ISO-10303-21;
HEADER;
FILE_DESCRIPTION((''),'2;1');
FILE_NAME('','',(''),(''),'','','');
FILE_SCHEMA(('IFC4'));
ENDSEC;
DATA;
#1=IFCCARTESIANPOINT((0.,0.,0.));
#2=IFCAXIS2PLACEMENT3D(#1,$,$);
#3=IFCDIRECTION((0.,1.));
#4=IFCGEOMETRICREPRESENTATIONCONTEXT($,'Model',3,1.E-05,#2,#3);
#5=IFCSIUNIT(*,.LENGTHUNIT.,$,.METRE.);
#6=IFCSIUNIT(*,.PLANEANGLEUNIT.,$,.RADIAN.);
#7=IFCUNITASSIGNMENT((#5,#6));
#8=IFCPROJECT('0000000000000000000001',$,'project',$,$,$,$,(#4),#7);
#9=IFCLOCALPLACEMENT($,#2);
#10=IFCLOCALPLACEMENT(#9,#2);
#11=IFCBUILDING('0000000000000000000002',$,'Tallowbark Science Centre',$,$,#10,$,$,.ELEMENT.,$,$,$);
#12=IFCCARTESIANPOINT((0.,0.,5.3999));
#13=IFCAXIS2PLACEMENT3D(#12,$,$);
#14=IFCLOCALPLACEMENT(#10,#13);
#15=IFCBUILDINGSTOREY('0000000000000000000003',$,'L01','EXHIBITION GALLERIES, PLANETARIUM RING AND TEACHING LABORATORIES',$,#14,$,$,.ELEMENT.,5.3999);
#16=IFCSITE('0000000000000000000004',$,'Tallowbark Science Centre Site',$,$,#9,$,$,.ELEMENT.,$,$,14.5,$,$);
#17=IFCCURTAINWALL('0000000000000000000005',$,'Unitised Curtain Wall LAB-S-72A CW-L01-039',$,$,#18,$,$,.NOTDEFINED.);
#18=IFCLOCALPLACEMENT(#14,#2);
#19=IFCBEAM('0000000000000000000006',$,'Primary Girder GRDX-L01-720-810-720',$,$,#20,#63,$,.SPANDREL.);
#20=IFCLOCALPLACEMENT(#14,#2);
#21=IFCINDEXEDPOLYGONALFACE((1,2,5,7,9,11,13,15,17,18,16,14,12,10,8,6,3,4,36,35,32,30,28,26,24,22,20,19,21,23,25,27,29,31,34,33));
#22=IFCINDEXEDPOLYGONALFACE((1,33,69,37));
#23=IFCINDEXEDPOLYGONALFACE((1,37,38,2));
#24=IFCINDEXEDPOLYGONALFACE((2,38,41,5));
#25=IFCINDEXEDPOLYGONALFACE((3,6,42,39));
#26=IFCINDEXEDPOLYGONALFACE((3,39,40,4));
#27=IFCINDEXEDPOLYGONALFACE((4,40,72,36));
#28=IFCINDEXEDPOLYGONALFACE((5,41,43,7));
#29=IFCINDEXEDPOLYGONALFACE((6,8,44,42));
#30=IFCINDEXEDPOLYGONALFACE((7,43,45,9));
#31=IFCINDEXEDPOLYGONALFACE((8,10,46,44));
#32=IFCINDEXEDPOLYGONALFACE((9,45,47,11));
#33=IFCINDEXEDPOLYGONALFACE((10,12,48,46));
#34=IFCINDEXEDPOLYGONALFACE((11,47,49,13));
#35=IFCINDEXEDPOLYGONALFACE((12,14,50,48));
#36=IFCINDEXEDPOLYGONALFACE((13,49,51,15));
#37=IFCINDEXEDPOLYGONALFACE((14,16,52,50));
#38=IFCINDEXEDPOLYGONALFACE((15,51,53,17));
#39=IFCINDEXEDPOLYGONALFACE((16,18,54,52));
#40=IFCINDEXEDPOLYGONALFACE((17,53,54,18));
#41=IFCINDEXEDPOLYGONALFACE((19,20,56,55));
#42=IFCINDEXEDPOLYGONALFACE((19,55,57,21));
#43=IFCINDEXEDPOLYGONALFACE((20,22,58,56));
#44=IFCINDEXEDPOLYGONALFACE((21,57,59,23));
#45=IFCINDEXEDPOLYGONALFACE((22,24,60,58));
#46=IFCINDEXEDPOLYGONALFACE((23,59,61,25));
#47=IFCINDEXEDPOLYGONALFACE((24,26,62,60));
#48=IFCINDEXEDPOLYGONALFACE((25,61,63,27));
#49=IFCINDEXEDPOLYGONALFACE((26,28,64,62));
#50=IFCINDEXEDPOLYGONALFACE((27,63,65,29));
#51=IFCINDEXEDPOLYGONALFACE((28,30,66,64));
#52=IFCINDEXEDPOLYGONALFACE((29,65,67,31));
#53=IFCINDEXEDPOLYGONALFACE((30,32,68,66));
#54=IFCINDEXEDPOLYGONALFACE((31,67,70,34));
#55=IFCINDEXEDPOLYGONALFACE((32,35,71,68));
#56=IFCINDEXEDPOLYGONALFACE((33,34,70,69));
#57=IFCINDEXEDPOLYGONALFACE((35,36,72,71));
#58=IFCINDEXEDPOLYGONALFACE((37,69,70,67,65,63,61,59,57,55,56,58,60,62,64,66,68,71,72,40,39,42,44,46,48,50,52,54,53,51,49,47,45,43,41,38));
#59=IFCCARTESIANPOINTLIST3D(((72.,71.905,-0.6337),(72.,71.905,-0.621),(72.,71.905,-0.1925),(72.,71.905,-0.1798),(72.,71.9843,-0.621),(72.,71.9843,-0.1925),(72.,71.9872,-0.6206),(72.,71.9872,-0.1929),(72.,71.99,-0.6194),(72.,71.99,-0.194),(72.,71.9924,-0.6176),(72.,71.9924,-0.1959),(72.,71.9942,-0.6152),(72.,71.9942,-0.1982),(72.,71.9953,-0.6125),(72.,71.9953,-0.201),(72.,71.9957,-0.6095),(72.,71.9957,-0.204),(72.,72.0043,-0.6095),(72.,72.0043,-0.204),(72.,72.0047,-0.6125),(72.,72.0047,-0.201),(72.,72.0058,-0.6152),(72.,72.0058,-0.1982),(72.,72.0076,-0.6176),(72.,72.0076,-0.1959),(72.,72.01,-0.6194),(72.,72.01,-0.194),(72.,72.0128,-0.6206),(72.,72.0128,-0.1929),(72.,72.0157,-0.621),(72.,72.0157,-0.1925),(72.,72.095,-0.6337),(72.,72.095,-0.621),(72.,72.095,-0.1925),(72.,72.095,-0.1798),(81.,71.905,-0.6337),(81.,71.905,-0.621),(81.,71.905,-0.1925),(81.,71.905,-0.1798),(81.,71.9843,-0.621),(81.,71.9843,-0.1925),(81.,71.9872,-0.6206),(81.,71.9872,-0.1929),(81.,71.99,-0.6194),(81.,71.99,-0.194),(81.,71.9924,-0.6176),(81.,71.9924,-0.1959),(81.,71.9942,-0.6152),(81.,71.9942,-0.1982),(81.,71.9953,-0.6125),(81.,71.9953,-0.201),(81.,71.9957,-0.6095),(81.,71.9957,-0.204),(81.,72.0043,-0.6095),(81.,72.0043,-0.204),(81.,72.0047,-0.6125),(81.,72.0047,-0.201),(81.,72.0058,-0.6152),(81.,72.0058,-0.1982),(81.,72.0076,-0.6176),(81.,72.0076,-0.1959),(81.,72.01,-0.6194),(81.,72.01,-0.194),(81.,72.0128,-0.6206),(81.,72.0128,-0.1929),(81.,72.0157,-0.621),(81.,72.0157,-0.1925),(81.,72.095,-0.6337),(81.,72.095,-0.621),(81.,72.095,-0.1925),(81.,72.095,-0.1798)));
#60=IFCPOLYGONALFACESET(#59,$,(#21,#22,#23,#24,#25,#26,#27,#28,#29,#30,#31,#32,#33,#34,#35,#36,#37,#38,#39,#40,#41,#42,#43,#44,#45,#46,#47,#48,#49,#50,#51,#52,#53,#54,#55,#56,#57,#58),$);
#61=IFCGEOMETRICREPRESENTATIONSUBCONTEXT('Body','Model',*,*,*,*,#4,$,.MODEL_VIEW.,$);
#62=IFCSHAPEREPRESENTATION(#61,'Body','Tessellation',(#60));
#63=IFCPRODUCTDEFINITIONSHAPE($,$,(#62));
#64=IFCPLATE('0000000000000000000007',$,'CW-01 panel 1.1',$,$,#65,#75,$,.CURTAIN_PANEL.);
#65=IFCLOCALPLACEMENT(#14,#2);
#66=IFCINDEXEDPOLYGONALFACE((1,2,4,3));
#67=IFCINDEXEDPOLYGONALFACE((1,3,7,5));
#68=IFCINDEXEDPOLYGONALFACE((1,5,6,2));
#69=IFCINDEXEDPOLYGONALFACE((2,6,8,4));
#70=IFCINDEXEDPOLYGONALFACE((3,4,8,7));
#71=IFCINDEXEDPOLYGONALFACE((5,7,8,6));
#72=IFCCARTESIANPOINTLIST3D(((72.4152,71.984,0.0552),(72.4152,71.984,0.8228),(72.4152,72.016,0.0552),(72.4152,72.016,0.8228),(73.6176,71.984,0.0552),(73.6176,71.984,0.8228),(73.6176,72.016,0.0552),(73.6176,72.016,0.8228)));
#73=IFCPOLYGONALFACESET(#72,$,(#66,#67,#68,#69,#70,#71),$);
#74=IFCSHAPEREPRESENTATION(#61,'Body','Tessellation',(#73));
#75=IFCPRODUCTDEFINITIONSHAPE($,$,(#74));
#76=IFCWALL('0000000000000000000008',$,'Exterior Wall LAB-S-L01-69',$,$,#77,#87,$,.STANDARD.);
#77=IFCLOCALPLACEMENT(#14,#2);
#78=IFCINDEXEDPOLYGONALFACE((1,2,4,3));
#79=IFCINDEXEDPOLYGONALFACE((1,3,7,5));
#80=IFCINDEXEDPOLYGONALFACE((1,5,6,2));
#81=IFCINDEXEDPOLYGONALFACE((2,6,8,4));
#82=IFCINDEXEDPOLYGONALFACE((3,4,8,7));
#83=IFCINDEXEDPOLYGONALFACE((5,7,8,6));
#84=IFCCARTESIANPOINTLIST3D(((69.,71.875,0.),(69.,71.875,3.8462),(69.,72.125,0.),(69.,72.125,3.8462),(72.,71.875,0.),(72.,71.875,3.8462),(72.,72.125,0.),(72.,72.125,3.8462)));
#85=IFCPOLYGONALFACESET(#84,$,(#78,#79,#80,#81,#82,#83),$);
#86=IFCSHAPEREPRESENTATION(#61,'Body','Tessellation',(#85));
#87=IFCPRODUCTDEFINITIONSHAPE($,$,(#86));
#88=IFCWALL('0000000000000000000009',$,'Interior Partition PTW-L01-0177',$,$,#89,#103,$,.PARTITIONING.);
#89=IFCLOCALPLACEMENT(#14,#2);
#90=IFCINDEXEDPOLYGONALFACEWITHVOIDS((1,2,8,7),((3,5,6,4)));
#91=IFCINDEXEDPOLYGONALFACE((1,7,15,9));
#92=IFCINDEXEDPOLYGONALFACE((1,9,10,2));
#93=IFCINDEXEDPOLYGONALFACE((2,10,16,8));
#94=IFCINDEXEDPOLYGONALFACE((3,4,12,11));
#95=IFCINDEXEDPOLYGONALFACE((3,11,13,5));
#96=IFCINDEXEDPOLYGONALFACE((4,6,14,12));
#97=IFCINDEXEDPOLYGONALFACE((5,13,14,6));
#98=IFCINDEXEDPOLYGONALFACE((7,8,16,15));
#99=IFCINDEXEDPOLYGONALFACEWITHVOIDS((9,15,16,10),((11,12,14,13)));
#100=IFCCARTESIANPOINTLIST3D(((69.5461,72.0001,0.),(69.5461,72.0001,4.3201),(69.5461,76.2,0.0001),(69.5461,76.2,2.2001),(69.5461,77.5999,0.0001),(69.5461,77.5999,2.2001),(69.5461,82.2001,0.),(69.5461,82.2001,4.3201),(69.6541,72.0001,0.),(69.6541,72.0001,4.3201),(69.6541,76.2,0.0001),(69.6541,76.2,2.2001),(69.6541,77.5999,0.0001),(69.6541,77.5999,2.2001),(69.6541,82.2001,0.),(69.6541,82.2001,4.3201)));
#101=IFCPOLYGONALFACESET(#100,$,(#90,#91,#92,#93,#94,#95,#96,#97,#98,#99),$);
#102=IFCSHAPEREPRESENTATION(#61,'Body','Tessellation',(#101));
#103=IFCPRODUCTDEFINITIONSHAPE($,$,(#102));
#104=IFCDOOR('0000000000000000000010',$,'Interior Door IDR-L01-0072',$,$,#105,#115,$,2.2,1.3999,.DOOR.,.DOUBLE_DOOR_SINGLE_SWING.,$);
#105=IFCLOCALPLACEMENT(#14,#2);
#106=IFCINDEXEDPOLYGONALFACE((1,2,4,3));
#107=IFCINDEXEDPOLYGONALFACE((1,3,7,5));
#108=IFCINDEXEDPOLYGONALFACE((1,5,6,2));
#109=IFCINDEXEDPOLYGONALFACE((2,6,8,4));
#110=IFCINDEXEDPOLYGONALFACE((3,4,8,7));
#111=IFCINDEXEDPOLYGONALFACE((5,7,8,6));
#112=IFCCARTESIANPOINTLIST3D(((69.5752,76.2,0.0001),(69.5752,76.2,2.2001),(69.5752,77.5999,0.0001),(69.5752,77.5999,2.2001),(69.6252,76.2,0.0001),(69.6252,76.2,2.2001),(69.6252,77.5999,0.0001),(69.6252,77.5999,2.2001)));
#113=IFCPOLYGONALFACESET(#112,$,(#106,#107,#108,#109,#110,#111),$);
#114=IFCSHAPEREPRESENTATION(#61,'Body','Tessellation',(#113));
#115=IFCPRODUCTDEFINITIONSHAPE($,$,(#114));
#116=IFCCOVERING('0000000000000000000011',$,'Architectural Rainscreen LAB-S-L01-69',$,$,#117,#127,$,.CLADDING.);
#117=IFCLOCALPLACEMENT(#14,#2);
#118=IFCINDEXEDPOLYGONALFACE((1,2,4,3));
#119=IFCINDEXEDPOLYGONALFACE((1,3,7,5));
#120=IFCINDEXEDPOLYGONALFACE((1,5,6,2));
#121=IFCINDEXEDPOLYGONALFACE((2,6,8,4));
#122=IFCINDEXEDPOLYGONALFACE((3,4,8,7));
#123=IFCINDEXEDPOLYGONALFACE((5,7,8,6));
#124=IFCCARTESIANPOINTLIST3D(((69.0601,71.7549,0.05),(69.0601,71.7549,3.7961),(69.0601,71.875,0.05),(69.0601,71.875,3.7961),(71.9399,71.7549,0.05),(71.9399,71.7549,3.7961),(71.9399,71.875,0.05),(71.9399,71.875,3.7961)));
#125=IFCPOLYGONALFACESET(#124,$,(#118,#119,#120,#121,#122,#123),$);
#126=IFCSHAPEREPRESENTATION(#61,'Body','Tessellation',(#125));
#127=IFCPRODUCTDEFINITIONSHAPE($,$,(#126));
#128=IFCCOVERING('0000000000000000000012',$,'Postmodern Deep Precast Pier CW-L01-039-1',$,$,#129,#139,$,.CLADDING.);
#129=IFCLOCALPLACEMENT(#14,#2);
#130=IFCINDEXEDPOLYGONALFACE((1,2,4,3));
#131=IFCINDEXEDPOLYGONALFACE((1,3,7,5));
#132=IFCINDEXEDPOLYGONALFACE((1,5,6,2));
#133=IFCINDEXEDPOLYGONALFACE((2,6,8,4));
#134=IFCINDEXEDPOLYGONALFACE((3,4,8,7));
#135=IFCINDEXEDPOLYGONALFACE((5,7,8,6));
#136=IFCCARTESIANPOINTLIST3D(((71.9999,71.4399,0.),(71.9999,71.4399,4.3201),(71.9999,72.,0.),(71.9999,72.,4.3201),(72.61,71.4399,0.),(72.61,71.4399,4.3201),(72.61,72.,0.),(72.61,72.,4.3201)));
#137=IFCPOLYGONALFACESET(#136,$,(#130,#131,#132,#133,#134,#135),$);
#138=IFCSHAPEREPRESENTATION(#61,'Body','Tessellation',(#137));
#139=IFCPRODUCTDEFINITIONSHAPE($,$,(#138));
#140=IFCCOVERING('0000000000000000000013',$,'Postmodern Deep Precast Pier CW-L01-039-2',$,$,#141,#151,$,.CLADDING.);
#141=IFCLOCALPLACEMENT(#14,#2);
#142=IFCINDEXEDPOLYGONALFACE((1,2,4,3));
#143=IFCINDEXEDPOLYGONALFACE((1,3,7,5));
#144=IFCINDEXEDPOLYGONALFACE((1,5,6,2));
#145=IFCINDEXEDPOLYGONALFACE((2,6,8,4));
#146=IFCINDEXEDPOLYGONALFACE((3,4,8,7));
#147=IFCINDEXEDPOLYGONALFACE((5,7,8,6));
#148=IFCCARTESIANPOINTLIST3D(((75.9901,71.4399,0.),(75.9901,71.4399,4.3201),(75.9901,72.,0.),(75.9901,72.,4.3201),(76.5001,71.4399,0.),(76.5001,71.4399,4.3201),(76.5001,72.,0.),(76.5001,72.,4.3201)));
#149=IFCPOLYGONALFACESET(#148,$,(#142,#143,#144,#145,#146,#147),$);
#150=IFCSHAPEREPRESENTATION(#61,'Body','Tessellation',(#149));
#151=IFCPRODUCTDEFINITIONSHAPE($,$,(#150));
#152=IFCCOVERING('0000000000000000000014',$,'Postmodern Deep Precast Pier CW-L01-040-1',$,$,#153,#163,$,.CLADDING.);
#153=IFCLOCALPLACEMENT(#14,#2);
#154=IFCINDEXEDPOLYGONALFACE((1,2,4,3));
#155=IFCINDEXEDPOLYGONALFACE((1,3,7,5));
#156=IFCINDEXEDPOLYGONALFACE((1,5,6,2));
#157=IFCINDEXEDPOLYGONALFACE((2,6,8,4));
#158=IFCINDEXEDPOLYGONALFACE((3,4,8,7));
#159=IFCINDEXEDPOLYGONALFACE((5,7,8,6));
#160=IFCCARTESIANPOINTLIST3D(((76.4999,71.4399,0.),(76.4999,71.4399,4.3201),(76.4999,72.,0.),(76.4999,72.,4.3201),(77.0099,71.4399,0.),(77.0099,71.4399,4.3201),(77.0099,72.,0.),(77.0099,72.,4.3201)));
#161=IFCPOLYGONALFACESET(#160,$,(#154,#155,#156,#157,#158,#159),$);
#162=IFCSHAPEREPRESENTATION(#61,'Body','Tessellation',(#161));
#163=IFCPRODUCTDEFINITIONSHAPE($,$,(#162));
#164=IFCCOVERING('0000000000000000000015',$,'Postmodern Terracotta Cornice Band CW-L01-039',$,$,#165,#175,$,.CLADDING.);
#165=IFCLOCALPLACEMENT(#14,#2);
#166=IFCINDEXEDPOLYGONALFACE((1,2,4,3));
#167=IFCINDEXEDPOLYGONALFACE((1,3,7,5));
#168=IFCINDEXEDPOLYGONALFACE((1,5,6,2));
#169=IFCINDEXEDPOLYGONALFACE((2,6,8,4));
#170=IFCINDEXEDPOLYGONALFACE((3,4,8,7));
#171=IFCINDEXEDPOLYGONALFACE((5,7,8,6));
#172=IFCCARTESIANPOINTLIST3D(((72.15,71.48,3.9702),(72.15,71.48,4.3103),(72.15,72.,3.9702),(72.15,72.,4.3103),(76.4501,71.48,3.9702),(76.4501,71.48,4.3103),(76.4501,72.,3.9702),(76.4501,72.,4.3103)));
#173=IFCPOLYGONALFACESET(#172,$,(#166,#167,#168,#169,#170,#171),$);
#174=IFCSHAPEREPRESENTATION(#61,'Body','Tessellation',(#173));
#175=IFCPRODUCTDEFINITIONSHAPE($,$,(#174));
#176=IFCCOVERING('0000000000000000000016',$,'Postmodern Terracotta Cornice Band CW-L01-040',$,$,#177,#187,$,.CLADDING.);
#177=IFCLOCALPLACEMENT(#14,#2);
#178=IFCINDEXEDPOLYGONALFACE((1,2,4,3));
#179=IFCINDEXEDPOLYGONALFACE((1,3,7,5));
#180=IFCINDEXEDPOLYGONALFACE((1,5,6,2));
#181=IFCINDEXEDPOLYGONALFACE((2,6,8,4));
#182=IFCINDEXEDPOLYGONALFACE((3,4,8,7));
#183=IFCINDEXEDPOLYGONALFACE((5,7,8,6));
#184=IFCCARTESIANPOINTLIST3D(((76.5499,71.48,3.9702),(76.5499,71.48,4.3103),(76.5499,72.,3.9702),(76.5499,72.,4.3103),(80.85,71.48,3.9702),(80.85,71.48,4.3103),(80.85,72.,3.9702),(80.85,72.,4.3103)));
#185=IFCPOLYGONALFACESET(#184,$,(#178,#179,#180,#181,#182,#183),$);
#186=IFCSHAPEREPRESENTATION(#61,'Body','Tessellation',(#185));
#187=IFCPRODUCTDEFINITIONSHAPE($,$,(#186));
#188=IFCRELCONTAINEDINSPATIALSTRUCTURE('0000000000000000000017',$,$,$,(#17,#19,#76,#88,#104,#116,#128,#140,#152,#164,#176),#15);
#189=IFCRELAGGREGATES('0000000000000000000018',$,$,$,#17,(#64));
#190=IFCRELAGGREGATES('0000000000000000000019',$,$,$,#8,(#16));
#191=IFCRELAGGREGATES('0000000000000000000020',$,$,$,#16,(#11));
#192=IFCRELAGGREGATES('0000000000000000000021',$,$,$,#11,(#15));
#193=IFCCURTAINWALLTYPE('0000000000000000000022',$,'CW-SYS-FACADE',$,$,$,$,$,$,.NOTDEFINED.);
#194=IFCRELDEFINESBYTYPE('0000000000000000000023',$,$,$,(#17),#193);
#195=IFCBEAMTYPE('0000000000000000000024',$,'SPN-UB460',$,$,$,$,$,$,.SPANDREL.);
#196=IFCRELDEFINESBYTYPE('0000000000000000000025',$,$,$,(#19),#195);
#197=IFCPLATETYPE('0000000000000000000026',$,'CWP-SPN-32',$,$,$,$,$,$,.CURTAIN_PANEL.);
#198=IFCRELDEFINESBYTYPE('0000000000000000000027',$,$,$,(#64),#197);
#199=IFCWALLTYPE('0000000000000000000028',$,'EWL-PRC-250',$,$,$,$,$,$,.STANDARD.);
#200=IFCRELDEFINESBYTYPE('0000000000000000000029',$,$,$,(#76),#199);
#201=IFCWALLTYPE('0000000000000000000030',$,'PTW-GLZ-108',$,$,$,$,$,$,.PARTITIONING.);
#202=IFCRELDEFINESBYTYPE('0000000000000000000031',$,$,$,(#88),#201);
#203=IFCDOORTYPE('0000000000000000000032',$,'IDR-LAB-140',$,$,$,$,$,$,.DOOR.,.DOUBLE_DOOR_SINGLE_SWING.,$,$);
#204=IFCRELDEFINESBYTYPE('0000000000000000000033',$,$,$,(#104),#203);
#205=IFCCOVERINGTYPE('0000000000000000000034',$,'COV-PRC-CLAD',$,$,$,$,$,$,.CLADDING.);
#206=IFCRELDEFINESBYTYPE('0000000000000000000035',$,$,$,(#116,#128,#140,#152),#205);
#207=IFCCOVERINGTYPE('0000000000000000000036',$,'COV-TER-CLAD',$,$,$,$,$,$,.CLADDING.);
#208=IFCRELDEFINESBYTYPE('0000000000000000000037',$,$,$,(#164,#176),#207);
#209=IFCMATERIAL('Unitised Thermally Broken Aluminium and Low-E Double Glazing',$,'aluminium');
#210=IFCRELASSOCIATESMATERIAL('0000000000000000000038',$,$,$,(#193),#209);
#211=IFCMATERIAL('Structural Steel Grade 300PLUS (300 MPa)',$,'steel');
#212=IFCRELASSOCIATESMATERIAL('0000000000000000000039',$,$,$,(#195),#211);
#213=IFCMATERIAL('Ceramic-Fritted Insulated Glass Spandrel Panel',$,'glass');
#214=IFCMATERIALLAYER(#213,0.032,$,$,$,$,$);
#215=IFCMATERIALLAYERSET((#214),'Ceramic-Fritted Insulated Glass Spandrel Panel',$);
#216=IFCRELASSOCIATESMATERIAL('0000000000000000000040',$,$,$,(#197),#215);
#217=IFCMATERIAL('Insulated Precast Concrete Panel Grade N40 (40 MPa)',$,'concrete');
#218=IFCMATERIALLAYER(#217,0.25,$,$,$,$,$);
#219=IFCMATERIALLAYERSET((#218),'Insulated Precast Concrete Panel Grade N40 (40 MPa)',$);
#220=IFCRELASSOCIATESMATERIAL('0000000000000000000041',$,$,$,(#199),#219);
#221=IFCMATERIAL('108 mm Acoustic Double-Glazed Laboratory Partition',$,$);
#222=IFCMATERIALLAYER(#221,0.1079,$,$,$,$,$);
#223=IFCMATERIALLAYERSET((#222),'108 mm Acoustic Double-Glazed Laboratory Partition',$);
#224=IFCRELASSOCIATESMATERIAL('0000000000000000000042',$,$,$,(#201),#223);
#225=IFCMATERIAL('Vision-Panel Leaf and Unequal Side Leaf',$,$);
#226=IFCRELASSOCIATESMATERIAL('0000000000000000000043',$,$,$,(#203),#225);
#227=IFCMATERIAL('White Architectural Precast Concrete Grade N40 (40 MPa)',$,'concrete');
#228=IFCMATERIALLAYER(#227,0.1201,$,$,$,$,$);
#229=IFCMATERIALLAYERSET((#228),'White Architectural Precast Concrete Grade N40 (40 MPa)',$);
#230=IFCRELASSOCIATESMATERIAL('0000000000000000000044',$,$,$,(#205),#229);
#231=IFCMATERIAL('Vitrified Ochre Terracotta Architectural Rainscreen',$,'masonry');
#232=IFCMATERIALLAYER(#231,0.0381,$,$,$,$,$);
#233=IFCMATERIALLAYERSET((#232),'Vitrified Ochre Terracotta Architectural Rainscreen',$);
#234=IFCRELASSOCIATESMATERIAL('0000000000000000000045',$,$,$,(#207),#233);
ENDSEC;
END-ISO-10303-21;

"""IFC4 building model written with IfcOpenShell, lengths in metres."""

from ifc_helpers import new_model, si_unit, direction, frame, frame_2d, origin, origin_2d, place, context, subcontext, project, spatial, rectangle, i_section, extrude, material, layer, layer_set, material_profile, profile_set, type_object, element, fill, aggregate, save


model = new_model("IFC4")

# Units and contexts
model_context = context("Model", 3, precision=1e-05, world=origin(), true_north=direction((0.0, 1.0)))
body_context = subcontext(model_context, "Body", "Model", "MODEL_VIEW")
ifc_project = project(units=[si_unit("LENGTHUNIT", "METRE"), si_unit("PLANEANGLEUNIT", "RADIAN")], contexts=[model_context])

# Site, building, storey
site_placement = place(None, origin())
site = spatial("IfcSite", under=ifc_project, at=site_placement, Name="Tallowbark Science Centre Site", CompositionType="ELEMENT", RefElevation=14.5)
building_placement = place(site_placement, origin())
building = spatial("IfcBuilding", under=site, at=building_placement, Name="Tallowbark Science Centre", CompositionType="ELEMENT")
storey_placement = place(building_placement, frame((0.0, 0.0, 5.3999)))
storey = spatial("IfcBuildingStorey", under=building, at=storey_placement, Name="L01", Description="EXHIBITION GALLERIES, PLANETARIUM RING AND TEACHING LABORATORIES", CompositionType="ELEMENT", Elevation=5.3999)

# Shared definitions
ifc_material_1 = material(Name="Structural Steel Grade 300PLUS (300 MPa)", Category="steel")

# Curtain wall
ifc_material_2 = material(Name="Unitised Thermally Broken Aluminium and Low-E Double Glazing", Category="aluminium")
curtain_wall_type = type_object("IfcCurtainWallType", Name="CW-SYS-FACADE", PredefinedType="NOTDEFINED", material=ifc_material_2)
curtain_wall_placement = place(storey_placement, origin())
curtain_wall = element("IfcCurtainWall", 1, at=curtain_wall_placement, inside=storey, type_object=curtain_wall_type, Name="Unitised Curtain Wall LAB-S-72A CW-L01-039", PredefinedType="NOTDEFINED")

# Beam
ifc_material_profile_1 = material_profile(ifc_material_1, i_section(OverallWidth=0.1899, OverallDepth=0.4539, WebThickness=0.0085, FlangeThickness=0.0127, FilletRadius=0.0115, at=origin_2d()), Name="460UB67.1")
ifc_profile_set_1 = profile_set([ifc_material_profile_1], Name="Structural Steel Grade 300PLUS (300 MPa)")
beam_type_1 = type_object("IfcBeamType", Name="SPN-UB460", PredefinedType="SPANDREL", material=ifc_profile_set_1)
beam_1_placement = place(storey_placement, frame((72.0, 72.0, -0.4067), z_axis=(1.0, 0.0, 0.0), x_axis=(0.0, 1.0, 0.0)))
element("IfcBeam", 2, at=beam_1_placement, inside=storey, type_object=beam_type_1, Name="Primary Girder GRDX-L01-720-810-720", PredefinedType="SPANDREL", context=body_context, shape_type="SweptSolid", body=[
    extrude(i_section(OverallWidth=0.1899, OverallDepth=0.4539, WebThickness=0.0085, FlangeThickness=0.0127, FilletRadius=0.0115, at=origin_2d()), origin(), (0.0, 0.0, 1.0), 9.0),
])

# Plate
ifc_material_3 = material(Name="Ceramic-Fritted Insulated Glass Spandrel Panel", Category="glass")
ifc_layer_1 = layer(ifc_material_3, 0.032)
ifc_layer_set_1 = layer_set([ifc_layer_1], Name="Ceramic-Fritted Insulated Glass Spandrel Panel")
plate_type = type_object("IfcPlateType", Name="CWP-SPN-32", PredefinedType="CURTAIN_PANEL", material=ifc_layer_set_1)
plate_placement = place(storey_placement, frame((73.0164, 72.0, 0.0552), z_axis=(0.0, 0.0, 1.0), x_axis=(1.0, 0.0, 0.0)))
plate = element("IfcPlate", 3, at=plate_placement, type_object=plate_type, Name="CW-01 panel 1.1", PredefinedType="CURTAIN_PANEL", context=body_context, shape_type="SweptSolid", body=[
    extrude(rectangle(XDim=1.2024, YDim=0.032, at=origin_2d()), origin(), (0.0, 0.0, 1.0), 0.7676),
])
aggregate(curtain_wall, [plate])

# Wall
ifc_material_4 = material(Name="Insulated Precast Concrete Panel Grade N40 (40 MPa)", Category="concrete")
ifc_layer_2 = layer(ifc_material_4, 0.25)
ifc_layer_set_2 = layer_set([ifc_layer_2], Name="Insulated Precast Concrete Panel Grade N40 (40 MPa)")
wall_type_1 = type_object("IfcWallType", Name="EWL-PRC-250", PredefinedType="STANDARD", material=ifc_layer_set_2)
wall_1_placement = place(storey_placement, frame((69.0, 72.0, 0.0), z_axis=(0.0, 0.0, 1.0), x_axis=(1.0, 0.0, 0.0)))
element("IfcWall", 4, at=wall_1_placement, inside=storey, type_object=wall_type_1, Name="Exterior Wall LAB-S-L01-69", PredefinedType="STANDARD", context=body_context, shape_type="SweptSolid", body=[
    extrude(rectangle(XDim=3.0, YDim=0.25, at=frame_2d((1.5, 0.0))), origin(), (0.0, 0.0, 1.0), 3.8462),
])

# Wall, opening, door
ifc_material_5 = material(Name="108 mm Acoustic Double-Glazed Laboratory Partition")
ifc_layer_3 = layer(ifc_material_5, 0.1079)
ifc_layer_set_3 = layer_set([ifc_layer_3], Name="108 mm Acoustic Double-Glazed Laboratory Partition")
wall_type_2 = type_object("IfcWallType", Name="PTW-GLZ-108", PredefinedType="PARTITIONING", material=ifc_layer_set_3)
wall_2_placement = place(storey_placement, frame((69.6001, 72.0, 0.0), z_axis=(0.0, 0.0, 1.0), x_axis=(0.0, 1.0, 0.0)))
wall_2 = element("IfcWall", 5, at=wall_2_placement, inside=storey, type_object=wall_type_2, Name="Interior Partition PTW-L01-0177", PredefinedType="PARTITIONING", context=body_context, shape_type="SweptSolid", body=[
    extrude(rectangle(XDim=10.2, YDim=0.1079, at=frame_2d((5.1001, 0.0))), origin(), (0.0, 0.0, 1.0), 4.3201),
])
opening_placement = place(wall_2_placement, frame((4.2, 0.0, 0.0)))
opening = element("IfcOpeningElement", 6, at=opening_placement, cuts=wall_2, PredefinedType="OPENING", context=body_context, shape_type="SweptSolid", body=[
    extrude(rectangle(XDim=1.3999, YDim=2.2, at=frame_2d((0.7, 1.1001))), frame((0.0, 0.064, 0.0), z_axis=(0.0, -1.0, 0.0), x_axis=(1.0, 0.0, 0.0)), (0.0, 0.0, 1.0), 0.1279),
])
ifc_material_6 = material(Name="Vision-Panel Leaf and Unequal Side Leaf")
door_type = type_object("IfcDoorType", Name="IDR-LAB-140", OperationType="DOUBLE_DOOR_SINGLE_SWING", PredefinedType="DOOR", material=ifc_material_6)
door_placement = place(opening_placement, origin())
door = element("IfcDoor", 7, at=door_placement, inside=storey, type_object=door_type, Name="Interior Door IDR-L01-0072", OperationType="DOUBLE_DOOR_SINGLE_SWING", OverallHeight=2.2, OverallWidth=1.3999, PredefinedType="DOOR", context=body_context, shape_type="SweptSolid", body=[
    extrude(rectangle(XDim=1.3999, YDim=2.2, at=frame_2d((0.7, 1.1001))), frame((0.0, 0.0249, 0.0), z_axis=(0.0, -1.0, 0.0), x_axis=(1.0, 0.0, 0.0)), (0.0, 0.0, 1.0), 0.05),
])
fill(opening, door)

# Coverings
ifc_material_7 = material(Name="White Architectural Precast Concrete Grade N40 (40 MPa)", Category="concrete")
ifc_layer_4 = layer(ifc_material_7, 0.1201)
ifc_layer_set_4 = layer_set([ifc_layer_4], Name="White Architectural Precast Concrete Grade N40 (40 MPa)")
covering_type_1 = type_object("IfcCoveringType", Name="COV-PRC-CLAD", PredefinedType="CLADDING", material=ifc_layer_set_4)
covering_1_placement = place(storey_placement, frame((70.5, 71.8149, 0.05), z_axis=(0.0, 0.0, 1.0), x_axis=(1.0, 0.0, 0.0)))
element("IfcCovering", 8, at=covering_1_placement, inside=storey, type_object=covering_type_1, Name="Architectural Rainscreen LAB-S-L01-69", PredefinedType="CLADDING", context=body_context, shape_type="SweptSolid", body=[
    extrude(rectangle(XDim=2.8799, YDim=0.1201, at=origin_2d()), origin(), (0.0, 0.0, 1.0), 3.7461),
])
covering_2_placement = place(storey_placement, frame((72.3049, 71.72, 0.0), z_axis=(0.0, 0.0, 1.0), x_axis=(1.0, 0.0, 0.0)))
element("IfcCovering", 9, at=covering_2_placement, inside=storey, type_object=covering_type_1, Name="Postmodern Deep Precast Pier CW-L01-039-1", PredefinedType="CLADDING", context=body_context, shape_type="SweptSolid", body=[
    extrude(rectangle(XDim=0.6101, YDim=0.5601, at=origin_2d()), origin(), (0.0, 0.0, 1.0), 4.3201),
])
for number, where, z_axis, x_axis, name in (
    (10, (76.2451, 71.72, 0.0), (0.0, 0.0, 1.0), (1.0, 0.0, 0.0), "Postmodern Deep Precast Pier CW-L01-039-2"),
    (11, (76.7549, 71.72, 0.0), (0.0, 0.0, 1.0), (1.0, 0.0, 0.0), "Postmodern Deep Precast Pier CW-L01-040-1"),
):
    element("IfcCovering", number, at=place(storey_placement, frame(where, z_axis=z_axis, x_axis=x_axis)), inside=storey, type_object=covering_type_1, Name=name, PredefinedType="CLADDING", context=body_context, shape_type="SweptSolid", body=[
        extrude(rectangle(XDim=0.51, YDim=0.5601, at=origin_2d()), origin(), (0.0, 0.0, 1.0), 4.3201),
    ])
ifc_material_8 = material(Name="Vitrified Ochre Terracotta Architectural Rainscreen", Category="masonry")
ifc_layer_5 = layer(ifc_material_8, 0.0381)
ifc_layer_set_5 = layer_set([ifc_layer_5], Name="Vitrified Ochre Terracotta Architectural Rainscreen")
covering_type_2 = type_object("IfcCoveringType", Name="COV-TER-CLAD", PredefinedType="CLADDING", material=ifc_layer_set_5)
for number, where, z_axis, x_axis, name in (
    (12, (74.3, 71.74, 3.9702), (0.0, 0.0, 1.0), (1.0, 0.0, 0.0), "Postmodern Terracotta Cornice Band CW-L01-039"),
    (13, (78.7, 71.74, 3.9702), (0.0, 0.0, 1.0), (1.0, 0.0, 0.0), "Postmodern Terracotta Cornice Band CW-L01-040"),
):
    element("IfcCovering", number, at=place(storey_placement, frame(where, z_axis=z_axis, x_axis=x_axis)), inside=storey, type_object=covering_type_2, Name=name, PredefinedType="CLADDING", context=body_context, shape_type="SweptSolid", body=[
        extrude(rectangle(XDim=4.3, YDim=0.52, at=origin_2d()), origin(), (0.0, 0.0, 1.0), 0.3401),
    ])

save(model, "model.ifc")
